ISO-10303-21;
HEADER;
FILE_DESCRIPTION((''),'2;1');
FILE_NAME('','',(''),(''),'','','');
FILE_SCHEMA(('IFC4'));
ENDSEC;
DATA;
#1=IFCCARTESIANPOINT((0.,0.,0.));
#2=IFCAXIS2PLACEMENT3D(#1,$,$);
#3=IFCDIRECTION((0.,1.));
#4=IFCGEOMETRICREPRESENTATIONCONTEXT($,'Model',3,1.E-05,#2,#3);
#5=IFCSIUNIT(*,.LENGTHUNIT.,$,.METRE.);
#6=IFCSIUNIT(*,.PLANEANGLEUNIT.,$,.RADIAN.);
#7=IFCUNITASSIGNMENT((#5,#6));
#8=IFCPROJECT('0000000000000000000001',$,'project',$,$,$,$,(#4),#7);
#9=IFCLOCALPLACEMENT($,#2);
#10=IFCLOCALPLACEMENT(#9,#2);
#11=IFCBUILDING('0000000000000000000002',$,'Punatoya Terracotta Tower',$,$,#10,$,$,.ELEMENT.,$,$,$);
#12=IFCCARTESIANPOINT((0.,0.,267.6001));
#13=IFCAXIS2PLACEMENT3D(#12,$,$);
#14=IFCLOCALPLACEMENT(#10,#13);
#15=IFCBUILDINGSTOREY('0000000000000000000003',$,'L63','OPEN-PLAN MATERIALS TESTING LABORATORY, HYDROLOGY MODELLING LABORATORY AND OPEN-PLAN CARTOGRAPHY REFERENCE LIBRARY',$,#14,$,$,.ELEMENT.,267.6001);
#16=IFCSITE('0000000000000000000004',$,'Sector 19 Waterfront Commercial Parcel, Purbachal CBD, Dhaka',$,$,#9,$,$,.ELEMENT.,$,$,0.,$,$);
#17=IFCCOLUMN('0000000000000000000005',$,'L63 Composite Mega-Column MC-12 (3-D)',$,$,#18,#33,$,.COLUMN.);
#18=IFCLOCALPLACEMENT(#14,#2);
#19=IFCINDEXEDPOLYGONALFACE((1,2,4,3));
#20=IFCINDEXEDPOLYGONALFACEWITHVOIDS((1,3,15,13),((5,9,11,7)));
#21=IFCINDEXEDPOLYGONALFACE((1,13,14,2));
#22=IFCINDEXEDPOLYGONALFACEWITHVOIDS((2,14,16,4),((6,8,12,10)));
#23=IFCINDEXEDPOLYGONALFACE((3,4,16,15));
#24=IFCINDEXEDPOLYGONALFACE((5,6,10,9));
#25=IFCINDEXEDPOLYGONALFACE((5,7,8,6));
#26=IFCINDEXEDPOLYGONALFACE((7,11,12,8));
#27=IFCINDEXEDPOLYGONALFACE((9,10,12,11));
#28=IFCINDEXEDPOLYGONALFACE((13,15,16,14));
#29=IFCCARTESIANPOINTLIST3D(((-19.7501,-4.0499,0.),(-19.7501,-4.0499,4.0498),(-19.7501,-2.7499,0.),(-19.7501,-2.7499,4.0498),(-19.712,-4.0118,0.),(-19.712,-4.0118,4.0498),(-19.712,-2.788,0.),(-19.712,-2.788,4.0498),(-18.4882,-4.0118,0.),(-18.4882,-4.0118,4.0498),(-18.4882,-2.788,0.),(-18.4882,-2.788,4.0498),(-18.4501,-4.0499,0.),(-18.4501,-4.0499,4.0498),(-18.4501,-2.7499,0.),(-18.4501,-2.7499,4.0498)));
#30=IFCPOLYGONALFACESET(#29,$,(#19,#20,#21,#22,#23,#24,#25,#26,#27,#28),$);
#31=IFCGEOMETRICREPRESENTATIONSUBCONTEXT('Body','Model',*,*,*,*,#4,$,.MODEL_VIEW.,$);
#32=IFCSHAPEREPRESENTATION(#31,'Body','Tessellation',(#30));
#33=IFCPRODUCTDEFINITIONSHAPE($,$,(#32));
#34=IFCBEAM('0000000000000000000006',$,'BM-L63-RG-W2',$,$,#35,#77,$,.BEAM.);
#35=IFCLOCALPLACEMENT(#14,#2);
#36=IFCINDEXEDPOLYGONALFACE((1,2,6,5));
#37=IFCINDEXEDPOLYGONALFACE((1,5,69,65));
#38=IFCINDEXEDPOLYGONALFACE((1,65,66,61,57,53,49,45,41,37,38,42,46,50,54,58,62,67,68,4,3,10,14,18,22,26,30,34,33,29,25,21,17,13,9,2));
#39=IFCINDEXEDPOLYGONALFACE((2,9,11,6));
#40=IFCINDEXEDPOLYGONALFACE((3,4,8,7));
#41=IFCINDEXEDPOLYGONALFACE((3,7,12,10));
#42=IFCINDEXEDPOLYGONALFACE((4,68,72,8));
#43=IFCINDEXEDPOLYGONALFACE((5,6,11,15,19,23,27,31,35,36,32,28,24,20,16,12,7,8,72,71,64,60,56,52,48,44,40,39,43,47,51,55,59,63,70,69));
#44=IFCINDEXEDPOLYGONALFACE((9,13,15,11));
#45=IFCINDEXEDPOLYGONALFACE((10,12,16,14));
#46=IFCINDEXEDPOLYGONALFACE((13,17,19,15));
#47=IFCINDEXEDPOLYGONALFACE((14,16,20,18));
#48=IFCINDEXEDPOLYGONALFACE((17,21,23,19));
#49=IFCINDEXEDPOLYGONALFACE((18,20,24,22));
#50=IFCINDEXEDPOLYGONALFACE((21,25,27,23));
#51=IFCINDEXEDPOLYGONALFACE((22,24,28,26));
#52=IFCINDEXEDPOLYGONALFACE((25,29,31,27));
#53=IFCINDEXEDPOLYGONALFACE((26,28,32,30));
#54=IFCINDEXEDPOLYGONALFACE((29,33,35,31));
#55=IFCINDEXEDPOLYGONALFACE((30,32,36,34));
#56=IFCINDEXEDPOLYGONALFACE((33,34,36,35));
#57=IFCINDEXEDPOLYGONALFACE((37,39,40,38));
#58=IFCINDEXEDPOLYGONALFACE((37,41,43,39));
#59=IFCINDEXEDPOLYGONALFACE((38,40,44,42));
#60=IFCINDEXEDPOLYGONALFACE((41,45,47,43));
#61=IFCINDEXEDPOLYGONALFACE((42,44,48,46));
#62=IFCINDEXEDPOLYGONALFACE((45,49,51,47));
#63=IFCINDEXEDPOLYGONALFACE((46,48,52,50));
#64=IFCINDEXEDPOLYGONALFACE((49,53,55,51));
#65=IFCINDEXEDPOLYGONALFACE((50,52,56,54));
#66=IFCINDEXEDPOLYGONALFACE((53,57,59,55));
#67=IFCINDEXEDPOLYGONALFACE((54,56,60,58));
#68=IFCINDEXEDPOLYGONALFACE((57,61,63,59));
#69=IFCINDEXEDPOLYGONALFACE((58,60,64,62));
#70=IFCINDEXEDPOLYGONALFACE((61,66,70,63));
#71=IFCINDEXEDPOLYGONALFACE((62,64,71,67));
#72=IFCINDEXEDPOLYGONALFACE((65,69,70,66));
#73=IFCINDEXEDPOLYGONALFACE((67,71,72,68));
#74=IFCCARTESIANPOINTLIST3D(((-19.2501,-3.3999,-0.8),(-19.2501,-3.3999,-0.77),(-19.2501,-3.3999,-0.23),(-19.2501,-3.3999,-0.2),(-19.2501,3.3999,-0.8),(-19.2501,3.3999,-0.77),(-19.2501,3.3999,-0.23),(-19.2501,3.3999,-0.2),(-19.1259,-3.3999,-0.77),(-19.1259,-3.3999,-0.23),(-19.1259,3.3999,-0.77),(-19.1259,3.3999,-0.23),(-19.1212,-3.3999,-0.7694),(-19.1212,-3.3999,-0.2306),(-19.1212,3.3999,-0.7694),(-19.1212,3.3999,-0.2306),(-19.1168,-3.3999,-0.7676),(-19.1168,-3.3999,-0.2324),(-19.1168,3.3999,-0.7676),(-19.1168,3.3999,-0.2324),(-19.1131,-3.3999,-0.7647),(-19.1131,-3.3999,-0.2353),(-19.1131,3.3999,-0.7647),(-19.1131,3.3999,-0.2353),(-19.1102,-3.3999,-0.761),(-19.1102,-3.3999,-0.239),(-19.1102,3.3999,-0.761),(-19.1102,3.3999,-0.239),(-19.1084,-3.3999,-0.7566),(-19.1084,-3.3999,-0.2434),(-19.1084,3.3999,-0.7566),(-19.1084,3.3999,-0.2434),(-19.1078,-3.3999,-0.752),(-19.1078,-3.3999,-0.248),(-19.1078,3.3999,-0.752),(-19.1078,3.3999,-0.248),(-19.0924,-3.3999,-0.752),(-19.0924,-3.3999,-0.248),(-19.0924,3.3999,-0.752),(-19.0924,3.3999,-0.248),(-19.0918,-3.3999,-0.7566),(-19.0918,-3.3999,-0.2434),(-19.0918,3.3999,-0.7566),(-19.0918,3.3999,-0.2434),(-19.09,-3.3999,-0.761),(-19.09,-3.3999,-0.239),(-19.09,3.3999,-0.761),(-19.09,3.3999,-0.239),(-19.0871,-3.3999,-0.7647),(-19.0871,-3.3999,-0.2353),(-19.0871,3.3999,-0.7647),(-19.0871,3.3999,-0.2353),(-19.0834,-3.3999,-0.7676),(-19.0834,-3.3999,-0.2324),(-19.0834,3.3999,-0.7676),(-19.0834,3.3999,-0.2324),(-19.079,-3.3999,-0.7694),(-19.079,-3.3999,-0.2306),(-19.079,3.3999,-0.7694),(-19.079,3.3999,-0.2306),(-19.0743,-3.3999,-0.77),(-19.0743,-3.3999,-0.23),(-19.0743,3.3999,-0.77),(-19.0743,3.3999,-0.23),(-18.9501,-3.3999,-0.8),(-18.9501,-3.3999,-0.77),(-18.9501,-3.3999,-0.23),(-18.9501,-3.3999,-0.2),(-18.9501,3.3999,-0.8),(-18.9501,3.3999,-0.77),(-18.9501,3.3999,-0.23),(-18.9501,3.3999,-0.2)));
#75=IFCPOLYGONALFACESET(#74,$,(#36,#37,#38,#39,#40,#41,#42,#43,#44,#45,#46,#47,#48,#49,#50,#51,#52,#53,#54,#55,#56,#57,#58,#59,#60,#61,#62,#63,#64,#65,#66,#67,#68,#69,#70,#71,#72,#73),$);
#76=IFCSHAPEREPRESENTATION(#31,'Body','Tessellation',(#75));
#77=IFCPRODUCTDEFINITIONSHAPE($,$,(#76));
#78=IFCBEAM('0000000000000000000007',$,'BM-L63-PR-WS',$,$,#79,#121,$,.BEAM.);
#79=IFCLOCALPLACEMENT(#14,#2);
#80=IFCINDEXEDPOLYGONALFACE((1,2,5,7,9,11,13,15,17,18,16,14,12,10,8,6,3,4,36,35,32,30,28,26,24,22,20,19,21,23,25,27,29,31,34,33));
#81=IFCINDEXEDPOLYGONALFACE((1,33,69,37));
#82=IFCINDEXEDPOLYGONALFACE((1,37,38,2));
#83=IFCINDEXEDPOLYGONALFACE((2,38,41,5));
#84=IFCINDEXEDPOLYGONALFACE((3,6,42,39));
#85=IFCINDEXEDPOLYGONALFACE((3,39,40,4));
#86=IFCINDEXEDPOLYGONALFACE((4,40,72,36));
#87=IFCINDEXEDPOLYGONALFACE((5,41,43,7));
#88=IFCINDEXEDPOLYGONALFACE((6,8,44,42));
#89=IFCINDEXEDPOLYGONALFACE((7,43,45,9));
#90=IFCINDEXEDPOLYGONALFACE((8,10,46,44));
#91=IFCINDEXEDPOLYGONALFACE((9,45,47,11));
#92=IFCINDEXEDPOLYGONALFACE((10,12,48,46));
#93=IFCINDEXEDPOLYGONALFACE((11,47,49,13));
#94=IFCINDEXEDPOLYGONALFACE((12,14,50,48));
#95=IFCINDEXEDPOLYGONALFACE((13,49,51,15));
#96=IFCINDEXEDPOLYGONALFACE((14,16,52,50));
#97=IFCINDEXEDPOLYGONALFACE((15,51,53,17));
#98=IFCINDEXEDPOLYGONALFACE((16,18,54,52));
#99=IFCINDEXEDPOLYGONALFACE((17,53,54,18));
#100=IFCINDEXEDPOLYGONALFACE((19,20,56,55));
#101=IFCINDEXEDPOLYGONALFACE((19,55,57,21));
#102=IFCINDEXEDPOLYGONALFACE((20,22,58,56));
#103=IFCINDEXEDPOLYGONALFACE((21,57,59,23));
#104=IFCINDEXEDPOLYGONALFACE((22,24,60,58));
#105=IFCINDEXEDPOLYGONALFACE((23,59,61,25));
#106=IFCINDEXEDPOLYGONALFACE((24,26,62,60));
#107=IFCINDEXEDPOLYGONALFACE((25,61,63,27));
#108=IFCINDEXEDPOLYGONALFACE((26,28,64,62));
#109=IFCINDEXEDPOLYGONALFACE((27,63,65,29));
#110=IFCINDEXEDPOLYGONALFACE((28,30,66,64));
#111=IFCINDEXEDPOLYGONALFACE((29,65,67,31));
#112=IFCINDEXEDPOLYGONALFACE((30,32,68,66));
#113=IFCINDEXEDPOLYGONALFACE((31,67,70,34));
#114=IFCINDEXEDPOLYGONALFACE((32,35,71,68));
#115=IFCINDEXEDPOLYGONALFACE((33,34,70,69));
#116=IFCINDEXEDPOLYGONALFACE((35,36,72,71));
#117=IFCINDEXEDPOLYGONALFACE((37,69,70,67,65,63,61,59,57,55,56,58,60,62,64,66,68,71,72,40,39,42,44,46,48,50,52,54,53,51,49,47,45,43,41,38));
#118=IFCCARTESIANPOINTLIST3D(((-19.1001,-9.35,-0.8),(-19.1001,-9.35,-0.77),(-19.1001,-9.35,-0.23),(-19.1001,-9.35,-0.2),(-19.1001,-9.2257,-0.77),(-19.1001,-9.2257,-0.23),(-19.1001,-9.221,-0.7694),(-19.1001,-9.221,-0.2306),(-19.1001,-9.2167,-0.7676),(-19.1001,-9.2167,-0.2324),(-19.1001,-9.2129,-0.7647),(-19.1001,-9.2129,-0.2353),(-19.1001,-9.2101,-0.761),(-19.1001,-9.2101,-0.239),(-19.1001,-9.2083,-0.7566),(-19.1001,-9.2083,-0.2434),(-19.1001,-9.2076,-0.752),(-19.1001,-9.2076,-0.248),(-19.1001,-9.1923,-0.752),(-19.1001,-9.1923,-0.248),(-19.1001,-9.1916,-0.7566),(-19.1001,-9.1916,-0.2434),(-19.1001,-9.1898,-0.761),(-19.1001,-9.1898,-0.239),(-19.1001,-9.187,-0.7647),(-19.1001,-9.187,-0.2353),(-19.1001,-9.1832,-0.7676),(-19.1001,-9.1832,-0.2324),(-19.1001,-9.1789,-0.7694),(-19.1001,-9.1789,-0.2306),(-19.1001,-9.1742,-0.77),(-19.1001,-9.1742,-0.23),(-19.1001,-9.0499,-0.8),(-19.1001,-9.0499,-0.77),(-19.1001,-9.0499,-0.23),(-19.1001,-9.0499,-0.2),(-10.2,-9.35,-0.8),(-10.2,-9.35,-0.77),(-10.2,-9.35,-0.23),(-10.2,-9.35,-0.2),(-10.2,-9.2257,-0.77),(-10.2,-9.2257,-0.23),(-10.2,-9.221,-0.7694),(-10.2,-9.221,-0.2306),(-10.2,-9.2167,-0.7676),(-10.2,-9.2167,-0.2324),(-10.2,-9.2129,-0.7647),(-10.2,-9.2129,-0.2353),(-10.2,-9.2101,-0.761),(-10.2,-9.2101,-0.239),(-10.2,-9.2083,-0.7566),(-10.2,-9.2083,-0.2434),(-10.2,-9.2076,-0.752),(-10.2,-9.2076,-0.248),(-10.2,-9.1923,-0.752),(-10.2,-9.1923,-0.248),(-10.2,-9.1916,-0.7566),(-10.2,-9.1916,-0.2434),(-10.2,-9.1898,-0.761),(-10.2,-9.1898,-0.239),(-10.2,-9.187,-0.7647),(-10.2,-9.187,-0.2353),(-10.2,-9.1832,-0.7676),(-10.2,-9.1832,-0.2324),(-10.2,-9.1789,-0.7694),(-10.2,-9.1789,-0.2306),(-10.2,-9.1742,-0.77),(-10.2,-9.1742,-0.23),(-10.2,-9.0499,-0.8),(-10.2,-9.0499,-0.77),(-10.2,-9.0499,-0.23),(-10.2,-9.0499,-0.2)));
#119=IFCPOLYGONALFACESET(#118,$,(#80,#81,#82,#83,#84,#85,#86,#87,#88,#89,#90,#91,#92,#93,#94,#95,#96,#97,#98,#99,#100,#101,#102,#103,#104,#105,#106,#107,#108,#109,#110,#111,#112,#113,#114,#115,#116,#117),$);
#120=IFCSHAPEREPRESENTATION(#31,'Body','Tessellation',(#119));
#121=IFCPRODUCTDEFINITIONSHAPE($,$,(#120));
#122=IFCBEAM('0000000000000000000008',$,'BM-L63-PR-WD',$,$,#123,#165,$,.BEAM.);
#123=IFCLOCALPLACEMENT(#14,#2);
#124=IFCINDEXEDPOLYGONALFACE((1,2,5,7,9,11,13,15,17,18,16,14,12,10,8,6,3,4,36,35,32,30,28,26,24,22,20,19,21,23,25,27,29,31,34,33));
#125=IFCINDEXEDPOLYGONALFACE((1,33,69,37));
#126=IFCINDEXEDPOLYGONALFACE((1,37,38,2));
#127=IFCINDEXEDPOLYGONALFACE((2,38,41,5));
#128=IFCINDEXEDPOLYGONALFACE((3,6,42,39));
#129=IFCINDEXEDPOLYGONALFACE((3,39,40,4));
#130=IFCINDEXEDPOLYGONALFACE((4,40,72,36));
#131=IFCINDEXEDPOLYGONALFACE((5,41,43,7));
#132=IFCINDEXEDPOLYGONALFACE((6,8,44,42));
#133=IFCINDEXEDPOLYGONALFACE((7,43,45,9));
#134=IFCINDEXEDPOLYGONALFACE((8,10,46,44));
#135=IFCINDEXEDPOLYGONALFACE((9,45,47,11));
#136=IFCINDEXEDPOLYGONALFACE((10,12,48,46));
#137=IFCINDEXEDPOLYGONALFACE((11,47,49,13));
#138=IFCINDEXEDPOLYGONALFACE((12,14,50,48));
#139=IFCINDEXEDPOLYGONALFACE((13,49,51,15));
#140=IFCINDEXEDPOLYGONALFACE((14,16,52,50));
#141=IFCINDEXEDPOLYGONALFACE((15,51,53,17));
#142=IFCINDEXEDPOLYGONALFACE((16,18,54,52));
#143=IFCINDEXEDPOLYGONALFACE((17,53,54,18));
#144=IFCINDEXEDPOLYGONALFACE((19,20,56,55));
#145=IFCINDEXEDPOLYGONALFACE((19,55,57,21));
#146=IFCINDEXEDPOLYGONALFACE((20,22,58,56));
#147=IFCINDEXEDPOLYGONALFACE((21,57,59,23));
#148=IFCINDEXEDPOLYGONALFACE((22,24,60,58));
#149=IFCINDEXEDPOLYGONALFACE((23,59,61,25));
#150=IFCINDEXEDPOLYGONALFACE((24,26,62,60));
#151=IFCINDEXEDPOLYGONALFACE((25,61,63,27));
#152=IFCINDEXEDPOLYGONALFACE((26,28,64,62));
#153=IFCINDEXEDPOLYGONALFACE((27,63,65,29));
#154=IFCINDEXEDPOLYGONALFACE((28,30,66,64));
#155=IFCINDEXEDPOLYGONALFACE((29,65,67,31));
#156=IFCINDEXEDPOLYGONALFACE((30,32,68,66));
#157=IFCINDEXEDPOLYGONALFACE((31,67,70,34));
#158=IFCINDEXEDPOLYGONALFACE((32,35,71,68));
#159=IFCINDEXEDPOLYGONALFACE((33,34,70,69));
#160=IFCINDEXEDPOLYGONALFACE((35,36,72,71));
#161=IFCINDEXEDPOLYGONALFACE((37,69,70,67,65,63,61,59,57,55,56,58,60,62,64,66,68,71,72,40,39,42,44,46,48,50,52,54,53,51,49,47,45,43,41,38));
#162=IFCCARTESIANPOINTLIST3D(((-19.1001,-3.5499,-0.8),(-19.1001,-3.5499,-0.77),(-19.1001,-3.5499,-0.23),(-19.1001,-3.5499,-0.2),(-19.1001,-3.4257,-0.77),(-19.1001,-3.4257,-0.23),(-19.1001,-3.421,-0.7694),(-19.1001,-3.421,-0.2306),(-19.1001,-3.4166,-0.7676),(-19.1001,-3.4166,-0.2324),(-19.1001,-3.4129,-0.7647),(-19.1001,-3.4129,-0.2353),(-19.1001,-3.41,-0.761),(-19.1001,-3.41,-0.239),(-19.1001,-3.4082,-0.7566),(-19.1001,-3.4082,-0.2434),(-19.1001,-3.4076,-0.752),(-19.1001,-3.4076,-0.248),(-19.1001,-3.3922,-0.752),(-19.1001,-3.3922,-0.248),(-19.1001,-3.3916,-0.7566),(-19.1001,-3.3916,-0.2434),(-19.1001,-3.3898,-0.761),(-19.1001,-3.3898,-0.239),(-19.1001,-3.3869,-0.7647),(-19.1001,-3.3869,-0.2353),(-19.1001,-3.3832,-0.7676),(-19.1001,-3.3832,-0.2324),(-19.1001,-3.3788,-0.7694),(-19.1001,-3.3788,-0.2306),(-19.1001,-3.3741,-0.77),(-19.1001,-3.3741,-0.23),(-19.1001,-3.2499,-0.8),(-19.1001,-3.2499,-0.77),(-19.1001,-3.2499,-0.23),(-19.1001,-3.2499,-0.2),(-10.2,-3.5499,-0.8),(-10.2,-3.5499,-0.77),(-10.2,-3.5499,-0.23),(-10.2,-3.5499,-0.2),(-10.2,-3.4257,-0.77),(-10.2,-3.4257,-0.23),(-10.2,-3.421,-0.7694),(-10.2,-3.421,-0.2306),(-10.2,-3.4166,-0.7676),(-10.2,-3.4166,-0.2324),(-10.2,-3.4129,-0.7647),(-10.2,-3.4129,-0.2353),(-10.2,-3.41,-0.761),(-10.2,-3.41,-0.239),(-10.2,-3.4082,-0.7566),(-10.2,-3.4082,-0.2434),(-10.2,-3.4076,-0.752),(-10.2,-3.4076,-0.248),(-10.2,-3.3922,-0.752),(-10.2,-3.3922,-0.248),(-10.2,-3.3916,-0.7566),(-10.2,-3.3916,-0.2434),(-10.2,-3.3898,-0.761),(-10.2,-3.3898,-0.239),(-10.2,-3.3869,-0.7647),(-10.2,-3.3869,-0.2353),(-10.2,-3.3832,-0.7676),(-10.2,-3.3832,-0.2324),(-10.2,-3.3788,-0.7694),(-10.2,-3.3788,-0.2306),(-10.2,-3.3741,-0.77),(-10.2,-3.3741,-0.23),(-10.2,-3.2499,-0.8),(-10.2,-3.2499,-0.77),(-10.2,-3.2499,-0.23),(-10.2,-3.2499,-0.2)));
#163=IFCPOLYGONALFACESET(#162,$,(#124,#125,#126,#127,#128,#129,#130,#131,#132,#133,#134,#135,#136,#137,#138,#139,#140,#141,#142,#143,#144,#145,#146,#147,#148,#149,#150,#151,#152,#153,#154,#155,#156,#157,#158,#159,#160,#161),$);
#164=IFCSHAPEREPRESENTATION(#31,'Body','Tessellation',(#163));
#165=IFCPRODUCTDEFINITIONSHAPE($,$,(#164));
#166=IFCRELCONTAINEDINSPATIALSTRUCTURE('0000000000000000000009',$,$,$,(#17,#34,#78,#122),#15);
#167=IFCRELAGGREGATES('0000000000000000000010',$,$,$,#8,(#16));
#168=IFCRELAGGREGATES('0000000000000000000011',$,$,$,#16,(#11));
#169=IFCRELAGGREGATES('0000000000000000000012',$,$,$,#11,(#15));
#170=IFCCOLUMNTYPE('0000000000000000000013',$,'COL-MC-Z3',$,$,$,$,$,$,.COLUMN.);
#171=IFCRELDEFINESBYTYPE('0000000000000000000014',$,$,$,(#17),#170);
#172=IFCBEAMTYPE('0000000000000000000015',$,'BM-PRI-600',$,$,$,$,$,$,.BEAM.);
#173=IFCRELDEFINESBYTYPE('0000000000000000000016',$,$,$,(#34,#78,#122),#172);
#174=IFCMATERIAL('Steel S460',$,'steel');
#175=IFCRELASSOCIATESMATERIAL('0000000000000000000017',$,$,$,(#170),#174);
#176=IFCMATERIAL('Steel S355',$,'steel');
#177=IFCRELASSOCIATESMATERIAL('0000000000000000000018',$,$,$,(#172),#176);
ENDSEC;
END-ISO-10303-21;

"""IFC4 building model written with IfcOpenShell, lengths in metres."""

from ifc_helpers import new_model, si_unit, direction, frame, origin, origin_2d, place, context, subcontext, project, spatial, hollow_rectangle, i_section, extrude, material, material_profile, profile_set, type_object, element, save


model = new_model("IFC4")

# Units and contexts
model_context = context("Model", 3, precision=1e-05, world=origin(), true_north=direction((0.0, 1.0)))
body_context = subcontext(model_context, "Body", "Model", "MODEL_VIEW")
ifc_project = project(units=[si_unit("LENGTHUNIT", "METRE"), si_unit("PLANEANGLEUNIT", "RADIAN")], contexts=[model_context])

# Site, building, storey
site_placement = place(None, origin())
site = spatial("IfcSite", under=ifc_project, at=site_placement, Name="Sector 19 Waterfront Commercial Parcel, Purbachal CBD, Dhaka", CompositionType="ELEMENT", RefElevation=0.0)
building_placement = place(site_placement, origin())
building = spatial("IfcBuilding", under=site, at=building_placement, Name="Punatoya Terracotta Tower", CompositionType="ELEMENT")
storey_placement = place(building_placement, frame((0.0, 0.0, 267.6001)))
storey = spatial("IfcBuildingStorey", under=building, at=storey_placement, Name="L63", Description="OPEN-PLAN MATERIALS TESTING LABORATORY, HYDROLOGY MODELLING LABORATORY AND OPEN-PLAN CARTOGRAPHY REFERENCE LIBRARY", CompositionType="ELEMENT", Elevation=267.6001)

# Column
ifc_material_1 = material(Name="Steel S460", Category="steel")
ifc_material_profile_1 = material_profile(ifc_material_1, hollow_rectangle(XDim=1.3, YDim=1.3, WallThickness=0.0381, at=origin_2d()))
ifc_profile_set_1 = profile_set([ifc_material_profile_1], Name="Steel S460")
column_type = type_object("IfcColumnType", Name="COL-MC-Z3", PredefinedType="COLUMN", material=ifc_profile_set_1)
column_placement = place(storey_placement, frame((-19.1001, -3.3999, 0.0), z_axis=(0.0, 0.0, 1.0), x_axis=(1.0, 0.0, 0.0)))
element("IfcColumn", 1, at=column_placement, inside=storey, type_object=column_type, Name="L63 Composite Mega-Column MC-12 (3-D)", PredefinedType="COLUMN", context=body_context, shape_type="SweptSolid", body=[
    extrude(hollow_rectangle(XDim=1.3, YDim=1.3, WallThickness=0.0381, at=origin_2d()), origin(), (0.0, 0.0, 1.0), 4.0498),
])

# Beams
ifc_material_2 = material(Name="Steel S355", Category="steel")
ifc_material_profile_2 = material_profile(ifc_material_2, i_section(OverallWidth=0.3, OverallDepth=0.6001, WebThickness=0.0154, FlangeThickness=0.03, FilletRadius=0.0181, at=origin_2d()))
ifc_profile_set_2 = profile_set([ifc_material_profile_2], Name="Steel S355")
beam_type_1 = type_object("IfcBeamType", Name="BM-PRI-600", PredefinedType="BEAM", material=ifc_profile_set_2)
beam_1_placement = place(storey_placement, frame((-19.1001, -3.3999, -0.5), z_axis=(0.0, 1.0, 0.0), x_axis=(-1.0, 0.0, 0.0)))
element("IfcBeam", 2, at=beam_1_placement, inside=storey, type_object=beam_type_1, Name="BM-L63-RG-W2", PredefinedType="BEAM", context=body_context, shape_type="SweptSolid", body=[
    extrude(i_section(OverallWidth=0.3, OverallDepth=0.6001, WebThickness=0.0154, FlangeThickness=0.03, FilletRadius=0.0181, at=origin_2d()), origin(), (0.0, 0.0, 1.0), 6.7998),
])
for number, where, z_axis, x_axis, name in (
    (3, (-19.1001, -9.2, -0.5), (1.0, 0.0, 0.0), (0.0, 1.0, 0.0), "BM-L63-PR-WS"),
    (4, (-19.1001, -3.3999, -0.5), (1.0, 0.0, 0.0), (0.0, 1.0, 0.0), "BM-L63-PR-WD"),
):
    element("IfcBeam", number, at=place(storey_placement, frame(where, z_axis=z_axis, x_axis=x_axis)), inside=storey, type_object=beam_type_1, Name=name, PredefinedType="BEAM", context=body_context, shape_type="SweptSolid", body=[
        extrude(i_section(OverallWidth=0.3, OverallDepth=0.6001, WebThickness=0.0154, FlangeThickness=0.03, FilletRadius=0.0181, at=origin_2d()), origin(), (0.0, 0.0, 1.0), 8.9001),
    ])

save(model, "model.ifc")
